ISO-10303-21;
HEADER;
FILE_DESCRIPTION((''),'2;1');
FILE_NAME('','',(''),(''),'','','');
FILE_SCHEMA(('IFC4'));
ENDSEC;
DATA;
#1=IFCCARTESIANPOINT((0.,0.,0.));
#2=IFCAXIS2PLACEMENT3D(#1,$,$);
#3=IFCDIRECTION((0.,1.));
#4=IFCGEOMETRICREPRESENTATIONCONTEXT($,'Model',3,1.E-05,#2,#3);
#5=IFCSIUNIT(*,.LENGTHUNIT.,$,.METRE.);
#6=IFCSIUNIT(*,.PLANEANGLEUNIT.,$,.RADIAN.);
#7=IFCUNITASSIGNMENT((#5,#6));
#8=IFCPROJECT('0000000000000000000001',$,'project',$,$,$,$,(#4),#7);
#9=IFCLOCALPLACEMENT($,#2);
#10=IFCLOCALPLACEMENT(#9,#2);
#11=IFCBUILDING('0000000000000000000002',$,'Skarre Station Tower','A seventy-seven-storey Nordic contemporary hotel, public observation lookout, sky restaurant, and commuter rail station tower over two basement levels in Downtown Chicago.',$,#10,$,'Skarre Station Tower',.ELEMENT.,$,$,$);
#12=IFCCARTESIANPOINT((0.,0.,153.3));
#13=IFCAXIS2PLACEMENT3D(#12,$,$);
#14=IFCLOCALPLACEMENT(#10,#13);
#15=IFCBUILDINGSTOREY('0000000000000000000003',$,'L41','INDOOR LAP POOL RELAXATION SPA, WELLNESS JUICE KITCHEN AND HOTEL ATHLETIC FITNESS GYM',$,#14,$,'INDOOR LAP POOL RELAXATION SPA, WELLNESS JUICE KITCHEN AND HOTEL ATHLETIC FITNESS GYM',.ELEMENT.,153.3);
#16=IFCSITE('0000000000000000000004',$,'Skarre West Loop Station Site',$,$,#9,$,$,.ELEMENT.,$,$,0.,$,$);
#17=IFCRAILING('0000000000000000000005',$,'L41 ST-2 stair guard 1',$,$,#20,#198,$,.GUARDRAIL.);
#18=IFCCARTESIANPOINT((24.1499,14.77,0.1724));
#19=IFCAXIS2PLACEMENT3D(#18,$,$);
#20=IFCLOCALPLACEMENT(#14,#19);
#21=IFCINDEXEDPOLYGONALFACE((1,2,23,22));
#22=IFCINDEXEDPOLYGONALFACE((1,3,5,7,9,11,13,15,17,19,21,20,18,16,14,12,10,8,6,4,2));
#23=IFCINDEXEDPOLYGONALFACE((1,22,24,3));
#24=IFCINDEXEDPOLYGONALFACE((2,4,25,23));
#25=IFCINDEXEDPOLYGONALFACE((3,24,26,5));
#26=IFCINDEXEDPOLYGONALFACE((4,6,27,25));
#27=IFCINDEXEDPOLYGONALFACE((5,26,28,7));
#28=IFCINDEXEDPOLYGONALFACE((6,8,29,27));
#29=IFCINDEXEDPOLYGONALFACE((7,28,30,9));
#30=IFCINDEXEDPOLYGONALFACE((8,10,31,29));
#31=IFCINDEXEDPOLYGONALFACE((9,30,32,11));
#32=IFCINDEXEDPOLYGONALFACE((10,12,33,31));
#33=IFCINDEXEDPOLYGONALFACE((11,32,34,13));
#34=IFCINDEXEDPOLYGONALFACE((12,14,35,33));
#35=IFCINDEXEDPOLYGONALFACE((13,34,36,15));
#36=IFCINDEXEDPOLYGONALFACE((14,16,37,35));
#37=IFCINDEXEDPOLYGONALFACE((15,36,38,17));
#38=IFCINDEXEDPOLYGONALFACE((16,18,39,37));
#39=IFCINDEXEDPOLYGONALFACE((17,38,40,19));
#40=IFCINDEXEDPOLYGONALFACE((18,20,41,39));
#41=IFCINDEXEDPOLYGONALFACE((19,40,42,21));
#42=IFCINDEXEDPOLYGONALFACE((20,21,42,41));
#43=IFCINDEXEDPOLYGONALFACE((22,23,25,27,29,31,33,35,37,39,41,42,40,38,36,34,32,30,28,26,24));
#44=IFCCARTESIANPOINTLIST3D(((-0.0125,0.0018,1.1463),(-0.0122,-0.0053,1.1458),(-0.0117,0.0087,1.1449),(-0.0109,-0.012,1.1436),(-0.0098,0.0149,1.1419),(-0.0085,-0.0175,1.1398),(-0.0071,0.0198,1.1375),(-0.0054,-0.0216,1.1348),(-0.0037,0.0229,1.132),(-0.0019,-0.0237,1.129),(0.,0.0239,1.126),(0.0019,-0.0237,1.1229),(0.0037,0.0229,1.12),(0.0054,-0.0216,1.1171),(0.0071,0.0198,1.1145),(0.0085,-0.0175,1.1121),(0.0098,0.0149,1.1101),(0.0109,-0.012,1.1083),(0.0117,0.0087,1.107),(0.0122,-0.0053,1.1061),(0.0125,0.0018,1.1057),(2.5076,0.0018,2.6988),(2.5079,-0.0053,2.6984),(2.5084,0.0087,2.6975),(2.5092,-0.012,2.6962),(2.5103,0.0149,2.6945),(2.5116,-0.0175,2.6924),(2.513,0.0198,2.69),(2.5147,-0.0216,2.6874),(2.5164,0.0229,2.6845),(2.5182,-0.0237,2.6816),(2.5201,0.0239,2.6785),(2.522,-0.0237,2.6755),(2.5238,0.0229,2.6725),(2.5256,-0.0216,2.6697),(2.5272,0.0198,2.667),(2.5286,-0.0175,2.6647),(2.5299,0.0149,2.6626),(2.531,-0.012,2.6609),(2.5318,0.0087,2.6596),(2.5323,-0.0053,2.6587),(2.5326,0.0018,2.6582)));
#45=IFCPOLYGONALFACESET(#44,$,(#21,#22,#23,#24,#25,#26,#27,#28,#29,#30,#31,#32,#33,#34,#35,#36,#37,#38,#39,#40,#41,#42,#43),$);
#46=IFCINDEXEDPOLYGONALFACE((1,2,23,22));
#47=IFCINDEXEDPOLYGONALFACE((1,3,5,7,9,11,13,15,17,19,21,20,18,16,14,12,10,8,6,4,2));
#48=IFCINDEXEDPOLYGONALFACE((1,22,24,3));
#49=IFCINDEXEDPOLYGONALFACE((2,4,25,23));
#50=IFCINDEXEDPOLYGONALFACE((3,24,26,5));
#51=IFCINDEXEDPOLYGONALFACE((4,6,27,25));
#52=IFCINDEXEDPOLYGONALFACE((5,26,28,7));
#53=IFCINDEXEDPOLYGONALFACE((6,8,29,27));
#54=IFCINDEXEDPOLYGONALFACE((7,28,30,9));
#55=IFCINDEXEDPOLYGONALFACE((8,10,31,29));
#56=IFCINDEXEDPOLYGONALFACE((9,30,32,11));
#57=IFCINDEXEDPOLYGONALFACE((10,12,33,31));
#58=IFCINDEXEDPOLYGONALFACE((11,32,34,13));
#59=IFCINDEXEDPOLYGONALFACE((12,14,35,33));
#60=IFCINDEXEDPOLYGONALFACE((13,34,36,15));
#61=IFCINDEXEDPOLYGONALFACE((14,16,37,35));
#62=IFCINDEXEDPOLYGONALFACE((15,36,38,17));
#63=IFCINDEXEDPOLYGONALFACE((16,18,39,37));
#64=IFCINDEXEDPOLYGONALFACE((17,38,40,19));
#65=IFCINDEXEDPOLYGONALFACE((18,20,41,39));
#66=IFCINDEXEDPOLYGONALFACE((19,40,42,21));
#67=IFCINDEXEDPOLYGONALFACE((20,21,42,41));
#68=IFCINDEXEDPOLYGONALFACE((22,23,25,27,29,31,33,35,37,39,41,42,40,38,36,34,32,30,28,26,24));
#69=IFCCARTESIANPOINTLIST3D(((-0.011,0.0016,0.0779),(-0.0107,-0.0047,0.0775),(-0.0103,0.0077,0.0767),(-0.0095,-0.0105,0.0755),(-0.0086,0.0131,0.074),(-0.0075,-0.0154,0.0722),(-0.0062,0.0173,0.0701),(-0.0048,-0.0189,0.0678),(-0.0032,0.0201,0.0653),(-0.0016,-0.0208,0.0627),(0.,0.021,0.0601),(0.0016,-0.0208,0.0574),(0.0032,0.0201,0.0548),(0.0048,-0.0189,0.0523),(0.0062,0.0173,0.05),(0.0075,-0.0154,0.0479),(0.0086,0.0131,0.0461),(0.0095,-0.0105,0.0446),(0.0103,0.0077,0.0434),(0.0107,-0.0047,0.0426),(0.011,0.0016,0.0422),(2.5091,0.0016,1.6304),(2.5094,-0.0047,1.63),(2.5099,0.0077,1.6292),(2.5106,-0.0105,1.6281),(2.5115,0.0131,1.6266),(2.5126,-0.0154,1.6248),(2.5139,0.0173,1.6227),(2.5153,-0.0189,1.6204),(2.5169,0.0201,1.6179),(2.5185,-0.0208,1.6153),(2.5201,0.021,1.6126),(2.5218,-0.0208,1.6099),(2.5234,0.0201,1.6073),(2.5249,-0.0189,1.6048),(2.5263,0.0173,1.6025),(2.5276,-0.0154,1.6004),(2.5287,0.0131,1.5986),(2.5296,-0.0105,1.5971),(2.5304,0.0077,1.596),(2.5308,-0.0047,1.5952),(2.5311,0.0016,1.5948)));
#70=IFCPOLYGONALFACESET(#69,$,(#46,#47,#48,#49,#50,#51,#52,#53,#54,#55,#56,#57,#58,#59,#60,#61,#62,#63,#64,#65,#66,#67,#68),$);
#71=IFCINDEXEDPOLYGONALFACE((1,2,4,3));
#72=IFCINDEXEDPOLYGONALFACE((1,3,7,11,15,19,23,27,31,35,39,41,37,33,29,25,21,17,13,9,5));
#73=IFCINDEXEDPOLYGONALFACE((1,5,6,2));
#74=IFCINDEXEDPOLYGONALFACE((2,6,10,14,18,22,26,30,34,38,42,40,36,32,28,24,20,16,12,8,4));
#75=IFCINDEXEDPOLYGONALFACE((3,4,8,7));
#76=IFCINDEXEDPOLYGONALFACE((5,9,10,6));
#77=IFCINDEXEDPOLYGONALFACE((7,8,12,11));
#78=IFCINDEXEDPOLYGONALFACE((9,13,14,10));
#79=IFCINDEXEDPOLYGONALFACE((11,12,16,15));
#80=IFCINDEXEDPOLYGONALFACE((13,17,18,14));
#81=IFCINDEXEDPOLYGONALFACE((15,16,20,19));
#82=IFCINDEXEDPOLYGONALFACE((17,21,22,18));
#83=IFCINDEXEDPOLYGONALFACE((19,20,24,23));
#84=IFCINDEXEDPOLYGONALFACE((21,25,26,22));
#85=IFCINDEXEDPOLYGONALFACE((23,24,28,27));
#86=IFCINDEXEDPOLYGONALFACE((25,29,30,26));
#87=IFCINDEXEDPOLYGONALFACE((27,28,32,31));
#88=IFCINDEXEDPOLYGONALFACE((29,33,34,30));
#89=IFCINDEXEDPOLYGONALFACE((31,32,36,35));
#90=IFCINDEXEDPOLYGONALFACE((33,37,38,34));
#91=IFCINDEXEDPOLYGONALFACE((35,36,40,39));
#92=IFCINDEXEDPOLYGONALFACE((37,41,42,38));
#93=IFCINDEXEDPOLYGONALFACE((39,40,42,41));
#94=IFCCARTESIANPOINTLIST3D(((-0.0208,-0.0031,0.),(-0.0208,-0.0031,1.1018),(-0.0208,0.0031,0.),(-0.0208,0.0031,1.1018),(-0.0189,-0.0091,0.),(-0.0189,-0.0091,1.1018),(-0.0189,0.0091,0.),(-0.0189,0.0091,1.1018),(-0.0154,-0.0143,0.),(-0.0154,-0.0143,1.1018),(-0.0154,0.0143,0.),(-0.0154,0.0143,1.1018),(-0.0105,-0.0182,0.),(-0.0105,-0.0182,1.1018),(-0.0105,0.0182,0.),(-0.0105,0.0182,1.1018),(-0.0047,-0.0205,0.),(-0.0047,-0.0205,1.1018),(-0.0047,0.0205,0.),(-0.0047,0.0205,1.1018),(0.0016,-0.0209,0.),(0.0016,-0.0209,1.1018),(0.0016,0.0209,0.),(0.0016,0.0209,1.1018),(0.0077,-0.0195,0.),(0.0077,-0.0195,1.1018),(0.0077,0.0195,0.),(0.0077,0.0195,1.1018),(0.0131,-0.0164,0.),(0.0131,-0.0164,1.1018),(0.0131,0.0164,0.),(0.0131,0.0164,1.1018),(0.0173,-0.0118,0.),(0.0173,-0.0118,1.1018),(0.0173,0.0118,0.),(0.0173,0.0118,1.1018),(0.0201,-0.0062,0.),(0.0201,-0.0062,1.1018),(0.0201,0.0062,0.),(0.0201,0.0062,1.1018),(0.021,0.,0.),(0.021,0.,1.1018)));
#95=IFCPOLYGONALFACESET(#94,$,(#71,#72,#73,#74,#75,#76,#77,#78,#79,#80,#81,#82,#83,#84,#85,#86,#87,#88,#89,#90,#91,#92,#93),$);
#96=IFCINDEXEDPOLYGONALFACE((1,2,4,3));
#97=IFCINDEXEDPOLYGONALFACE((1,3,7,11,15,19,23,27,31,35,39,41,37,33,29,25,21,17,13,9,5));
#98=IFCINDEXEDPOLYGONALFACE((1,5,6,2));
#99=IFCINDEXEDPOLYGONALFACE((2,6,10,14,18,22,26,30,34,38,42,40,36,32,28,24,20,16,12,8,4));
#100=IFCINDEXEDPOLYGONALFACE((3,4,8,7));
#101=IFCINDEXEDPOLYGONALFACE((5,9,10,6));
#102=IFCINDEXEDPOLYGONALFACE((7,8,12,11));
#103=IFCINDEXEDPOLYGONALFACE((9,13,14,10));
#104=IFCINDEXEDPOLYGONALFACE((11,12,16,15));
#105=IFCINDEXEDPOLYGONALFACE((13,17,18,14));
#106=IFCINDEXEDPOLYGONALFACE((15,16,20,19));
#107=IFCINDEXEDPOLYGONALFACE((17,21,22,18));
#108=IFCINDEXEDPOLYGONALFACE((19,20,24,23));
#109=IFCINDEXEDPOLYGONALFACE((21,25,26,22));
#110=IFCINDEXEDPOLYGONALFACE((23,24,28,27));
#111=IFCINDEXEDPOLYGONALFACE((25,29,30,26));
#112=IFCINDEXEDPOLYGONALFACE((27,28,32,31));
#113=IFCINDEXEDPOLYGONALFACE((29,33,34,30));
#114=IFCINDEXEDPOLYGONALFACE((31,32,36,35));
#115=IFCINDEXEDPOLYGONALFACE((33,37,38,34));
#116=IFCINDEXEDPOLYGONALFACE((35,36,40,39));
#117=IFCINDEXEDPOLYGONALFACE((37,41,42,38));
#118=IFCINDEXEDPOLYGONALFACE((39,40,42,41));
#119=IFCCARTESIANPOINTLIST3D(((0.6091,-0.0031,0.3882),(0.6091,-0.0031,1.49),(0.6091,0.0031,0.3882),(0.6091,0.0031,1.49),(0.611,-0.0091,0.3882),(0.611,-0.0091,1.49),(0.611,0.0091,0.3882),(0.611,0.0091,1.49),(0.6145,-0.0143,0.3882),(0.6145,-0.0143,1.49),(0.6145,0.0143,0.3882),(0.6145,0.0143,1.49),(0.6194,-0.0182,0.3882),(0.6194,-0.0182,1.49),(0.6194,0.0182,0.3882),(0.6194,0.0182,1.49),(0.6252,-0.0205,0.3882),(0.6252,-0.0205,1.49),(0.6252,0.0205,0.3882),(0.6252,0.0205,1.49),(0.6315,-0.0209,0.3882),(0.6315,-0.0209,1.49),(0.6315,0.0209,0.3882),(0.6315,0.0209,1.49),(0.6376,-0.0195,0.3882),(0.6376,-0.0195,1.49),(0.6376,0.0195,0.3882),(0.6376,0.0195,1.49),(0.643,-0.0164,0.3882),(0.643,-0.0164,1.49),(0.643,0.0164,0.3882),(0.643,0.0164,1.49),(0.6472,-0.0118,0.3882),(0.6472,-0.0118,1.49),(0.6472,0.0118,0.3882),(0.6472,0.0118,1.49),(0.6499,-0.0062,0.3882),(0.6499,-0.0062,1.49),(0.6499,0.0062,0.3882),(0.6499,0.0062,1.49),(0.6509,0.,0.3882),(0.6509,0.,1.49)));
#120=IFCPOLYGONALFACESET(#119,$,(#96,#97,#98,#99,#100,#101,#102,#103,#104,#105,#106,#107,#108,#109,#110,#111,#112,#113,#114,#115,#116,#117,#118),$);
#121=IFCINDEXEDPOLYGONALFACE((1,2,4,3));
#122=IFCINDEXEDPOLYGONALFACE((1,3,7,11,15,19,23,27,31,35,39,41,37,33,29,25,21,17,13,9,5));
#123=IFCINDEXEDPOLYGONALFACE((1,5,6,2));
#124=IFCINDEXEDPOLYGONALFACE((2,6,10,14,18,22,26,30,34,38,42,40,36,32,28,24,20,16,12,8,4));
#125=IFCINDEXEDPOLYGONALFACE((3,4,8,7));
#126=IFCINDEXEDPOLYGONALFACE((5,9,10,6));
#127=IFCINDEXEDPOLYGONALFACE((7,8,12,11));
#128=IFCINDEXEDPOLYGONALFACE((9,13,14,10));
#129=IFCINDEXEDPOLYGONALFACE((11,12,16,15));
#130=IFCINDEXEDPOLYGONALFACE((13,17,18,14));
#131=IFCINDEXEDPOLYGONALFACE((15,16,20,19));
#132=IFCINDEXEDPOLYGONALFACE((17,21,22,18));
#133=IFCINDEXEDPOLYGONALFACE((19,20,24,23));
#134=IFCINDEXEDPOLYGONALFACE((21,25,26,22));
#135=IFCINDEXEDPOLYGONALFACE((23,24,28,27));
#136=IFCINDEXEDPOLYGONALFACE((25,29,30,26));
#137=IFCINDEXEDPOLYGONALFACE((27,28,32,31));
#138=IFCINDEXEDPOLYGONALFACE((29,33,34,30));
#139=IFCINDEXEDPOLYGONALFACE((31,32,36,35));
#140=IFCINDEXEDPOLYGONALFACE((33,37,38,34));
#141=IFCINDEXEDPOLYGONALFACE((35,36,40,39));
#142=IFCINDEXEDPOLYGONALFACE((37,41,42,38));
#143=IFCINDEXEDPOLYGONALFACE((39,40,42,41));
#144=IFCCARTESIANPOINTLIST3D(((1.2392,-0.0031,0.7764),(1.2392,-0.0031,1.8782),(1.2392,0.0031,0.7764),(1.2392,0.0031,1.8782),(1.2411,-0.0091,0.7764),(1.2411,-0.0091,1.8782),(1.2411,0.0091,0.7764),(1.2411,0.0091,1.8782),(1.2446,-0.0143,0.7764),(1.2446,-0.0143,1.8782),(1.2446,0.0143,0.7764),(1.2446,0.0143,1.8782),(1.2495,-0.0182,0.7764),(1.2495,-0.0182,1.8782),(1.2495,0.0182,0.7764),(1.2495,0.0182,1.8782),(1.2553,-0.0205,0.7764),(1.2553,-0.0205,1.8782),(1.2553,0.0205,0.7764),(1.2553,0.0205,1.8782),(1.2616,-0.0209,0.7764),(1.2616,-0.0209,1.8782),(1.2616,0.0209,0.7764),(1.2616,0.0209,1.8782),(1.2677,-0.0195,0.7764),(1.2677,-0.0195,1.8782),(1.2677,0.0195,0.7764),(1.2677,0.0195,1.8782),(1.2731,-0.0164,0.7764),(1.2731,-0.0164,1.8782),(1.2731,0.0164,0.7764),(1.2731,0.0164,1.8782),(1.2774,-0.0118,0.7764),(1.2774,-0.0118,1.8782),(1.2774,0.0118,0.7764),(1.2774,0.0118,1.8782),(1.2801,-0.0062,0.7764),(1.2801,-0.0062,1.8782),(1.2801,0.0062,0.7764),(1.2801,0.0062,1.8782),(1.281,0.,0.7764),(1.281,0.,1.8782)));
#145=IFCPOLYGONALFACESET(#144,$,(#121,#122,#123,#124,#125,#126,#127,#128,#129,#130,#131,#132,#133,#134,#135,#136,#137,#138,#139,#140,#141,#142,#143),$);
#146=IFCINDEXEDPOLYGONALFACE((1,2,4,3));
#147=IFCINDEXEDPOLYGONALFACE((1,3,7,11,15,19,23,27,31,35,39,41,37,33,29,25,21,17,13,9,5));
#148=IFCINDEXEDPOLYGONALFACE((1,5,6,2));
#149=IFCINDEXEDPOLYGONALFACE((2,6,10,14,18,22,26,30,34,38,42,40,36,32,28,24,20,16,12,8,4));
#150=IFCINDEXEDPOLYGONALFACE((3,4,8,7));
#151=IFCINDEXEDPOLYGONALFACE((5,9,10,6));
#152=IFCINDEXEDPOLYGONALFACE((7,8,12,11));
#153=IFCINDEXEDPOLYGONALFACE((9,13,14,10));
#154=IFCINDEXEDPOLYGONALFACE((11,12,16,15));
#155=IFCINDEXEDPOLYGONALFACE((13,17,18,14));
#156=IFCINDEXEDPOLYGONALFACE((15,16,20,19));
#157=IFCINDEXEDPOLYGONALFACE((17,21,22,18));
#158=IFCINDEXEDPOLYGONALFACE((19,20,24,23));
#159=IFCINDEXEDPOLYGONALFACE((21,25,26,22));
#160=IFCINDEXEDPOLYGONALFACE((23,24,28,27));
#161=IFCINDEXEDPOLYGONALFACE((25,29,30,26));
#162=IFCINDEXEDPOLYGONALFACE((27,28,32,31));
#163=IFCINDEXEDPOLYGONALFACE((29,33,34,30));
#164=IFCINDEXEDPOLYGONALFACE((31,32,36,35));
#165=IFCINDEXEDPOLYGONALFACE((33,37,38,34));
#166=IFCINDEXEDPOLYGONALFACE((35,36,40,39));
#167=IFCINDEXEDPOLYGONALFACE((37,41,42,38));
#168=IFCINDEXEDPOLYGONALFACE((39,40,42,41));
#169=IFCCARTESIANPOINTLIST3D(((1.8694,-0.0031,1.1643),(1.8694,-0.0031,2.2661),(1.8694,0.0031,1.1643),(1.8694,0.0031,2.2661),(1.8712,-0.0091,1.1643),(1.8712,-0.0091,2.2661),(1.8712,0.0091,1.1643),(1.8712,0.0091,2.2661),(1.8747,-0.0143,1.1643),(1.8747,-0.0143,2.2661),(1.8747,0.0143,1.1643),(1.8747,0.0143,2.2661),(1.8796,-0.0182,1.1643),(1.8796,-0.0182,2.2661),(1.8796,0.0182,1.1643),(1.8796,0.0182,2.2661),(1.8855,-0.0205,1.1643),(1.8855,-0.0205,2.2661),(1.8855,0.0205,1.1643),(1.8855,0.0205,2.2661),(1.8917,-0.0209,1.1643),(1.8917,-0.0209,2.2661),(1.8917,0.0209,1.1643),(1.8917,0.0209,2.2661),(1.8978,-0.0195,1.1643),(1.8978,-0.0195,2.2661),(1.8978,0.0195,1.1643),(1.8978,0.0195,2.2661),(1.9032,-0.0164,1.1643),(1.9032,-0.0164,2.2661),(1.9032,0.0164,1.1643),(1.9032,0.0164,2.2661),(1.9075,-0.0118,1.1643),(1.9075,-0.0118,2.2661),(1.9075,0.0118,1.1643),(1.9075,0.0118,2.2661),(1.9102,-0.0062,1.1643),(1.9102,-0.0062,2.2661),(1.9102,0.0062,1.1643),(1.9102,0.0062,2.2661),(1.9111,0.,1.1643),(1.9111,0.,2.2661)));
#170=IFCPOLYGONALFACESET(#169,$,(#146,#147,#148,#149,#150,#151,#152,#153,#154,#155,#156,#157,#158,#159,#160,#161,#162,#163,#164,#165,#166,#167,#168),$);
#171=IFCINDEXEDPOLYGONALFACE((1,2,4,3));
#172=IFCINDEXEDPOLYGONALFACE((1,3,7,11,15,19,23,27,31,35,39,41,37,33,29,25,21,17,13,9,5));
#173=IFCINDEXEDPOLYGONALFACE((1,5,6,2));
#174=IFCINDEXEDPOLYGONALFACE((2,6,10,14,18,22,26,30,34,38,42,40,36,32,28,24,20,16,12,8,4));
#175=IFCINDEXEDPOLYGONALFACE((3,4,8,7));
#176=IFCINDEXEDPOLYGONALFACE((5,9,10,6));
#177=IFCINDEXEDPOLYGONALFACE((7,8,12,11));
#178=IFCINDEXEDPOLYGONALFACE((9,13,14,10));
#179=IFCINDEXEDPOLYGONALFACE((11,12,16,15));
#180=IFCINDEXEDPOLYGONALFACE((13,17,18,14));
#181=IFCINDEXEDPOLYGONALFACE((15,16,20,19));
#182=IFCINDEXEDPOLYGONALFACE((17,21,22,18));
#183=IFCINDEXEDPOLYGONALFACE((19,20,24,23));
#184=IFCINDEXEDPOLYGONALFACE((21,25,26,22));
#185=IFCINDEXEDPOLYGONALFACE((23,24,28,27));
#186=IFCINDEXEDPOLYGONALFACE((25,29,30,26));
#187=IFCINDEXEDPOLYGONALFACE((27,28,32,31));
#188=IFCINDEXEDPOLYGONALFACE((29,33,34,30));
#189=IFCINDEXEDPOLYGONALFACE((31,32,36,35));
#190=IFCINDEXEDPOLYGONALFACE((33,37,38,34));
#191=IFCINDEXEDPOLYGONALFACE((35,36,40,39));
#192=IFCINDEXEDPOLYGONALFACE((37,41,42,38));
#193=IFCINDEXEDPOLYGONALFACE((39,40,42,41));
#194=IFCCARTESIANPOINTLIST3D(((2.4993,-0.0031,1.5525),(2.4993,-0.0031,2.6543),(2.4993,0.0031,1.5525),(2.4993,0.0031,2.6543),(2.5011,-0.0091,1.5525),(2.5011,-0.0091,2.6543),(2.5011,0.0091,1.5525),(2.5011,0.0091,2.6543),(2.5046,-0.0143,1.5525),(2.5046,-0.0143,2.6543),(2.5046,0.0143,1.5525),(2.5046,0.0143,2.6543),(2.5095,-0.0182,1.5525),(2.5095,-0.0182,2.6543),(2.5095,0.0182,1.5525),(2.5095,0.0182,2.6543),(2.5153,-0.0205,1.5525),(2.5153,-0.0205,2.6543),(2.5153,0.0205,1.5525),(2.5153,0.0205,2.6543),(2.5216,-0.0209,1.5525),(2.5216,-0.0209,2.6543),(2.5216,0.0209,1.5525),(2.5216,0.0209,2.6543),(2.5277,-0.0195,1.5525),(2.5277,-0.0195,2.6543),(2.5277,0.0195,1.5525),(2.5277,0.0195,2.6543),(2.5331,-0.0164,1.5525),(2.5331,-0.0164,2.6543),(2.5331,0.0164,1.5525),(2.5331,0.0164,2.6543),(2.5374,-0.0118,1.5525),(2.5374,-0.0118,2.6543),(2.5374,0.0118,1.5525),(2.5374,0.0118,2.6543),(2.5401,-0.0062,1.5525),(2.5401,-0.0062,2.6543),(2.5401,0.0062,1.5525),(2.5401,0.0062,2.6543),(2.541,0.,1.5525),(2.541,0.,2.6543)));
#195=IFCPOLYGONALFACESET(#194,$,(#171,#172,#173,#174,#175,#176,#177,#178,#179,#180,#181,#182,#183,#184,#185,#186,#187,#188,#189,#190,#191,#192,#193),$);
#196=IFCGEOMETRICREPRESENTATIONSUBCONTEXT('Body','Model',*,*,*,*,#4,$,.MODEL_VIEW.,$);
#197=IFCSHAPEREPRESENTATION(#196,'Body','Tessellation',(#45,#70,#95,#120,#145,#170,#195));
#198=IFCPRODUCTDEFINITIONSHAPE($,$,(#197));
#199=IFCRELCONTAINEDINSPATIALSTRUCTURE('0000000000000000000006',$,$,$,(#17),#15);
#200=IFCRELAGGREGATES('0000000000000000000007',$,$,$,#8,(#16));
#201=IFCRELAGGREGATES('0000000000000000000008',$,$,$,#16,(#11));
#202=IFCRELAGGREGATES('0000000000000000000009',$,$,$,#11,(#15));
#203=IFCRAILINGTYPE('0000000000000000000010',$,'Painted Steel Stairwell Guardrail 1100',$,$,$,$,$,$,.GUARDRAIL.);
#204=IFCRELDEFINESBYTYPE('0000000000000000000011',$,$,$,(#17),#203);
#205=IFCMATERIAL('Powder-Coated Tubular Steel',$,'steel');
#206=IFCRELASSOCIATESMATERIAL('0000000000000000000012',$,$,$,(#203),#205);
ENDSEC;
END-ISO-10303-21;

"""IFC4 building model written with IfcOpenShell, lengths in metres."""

from ifc_helpers import new_model, si_unit, direction, frame, origin, origin_2d, place, context, subcontext, project, spatial, circle, extrude, material, type_object, element, save


model = new_model("IFC4")

# Units and contexts
model_context = context("Model", 3, precision=1e-05, world=origin(), true_north=direction((0.0, 1.0)))
body_context = subcontext(model_context, "Body", "Model", "MODEL_VIEW")
ifc_project = project(units=[si_unit("LENGTHUNIT", "METRE"), si_unit("PLANEANGLEUNIT", "RADIAN")], contexts=[model_context])

# Site, building, storey
site_placement = place(None, origin())
site = spatial("IfcSite", under=ifc_project, at=site_placement, Name="Skarre West Loop Station Site", CompositionType="ELEMENT", RefElevation=0.0)
building_placement = place(site_placement, origin())
building = spatial("IfcBuilding", under=site, at=building_placement, Name="Skarre Station Tower", Description="A seventy-seven-storey Nordic contemporary hotel, public observation lookout, sky restaurant, and commuter rail station tower over two basement levels in Downtown Chicago.", LongName="Skarre Station Tower", CompositionType="ELEMENT")
storey_placement = place(building_placement, frame((0.0, 0.0, 153.3)))
storey = spatial("IfcBuildingStorey", under=building, at=storey_placement, Name="L41", Description="INDOOR LAP POOL RELAXATION SPA, WELLNESS JUICE KITCHEN AND HOTEL ATHLETIC FITNESS GYM", LongName="INDOOR LAP POOL RELAXATION SPA, WELLNESS JUICE KITCHEN AND HOTEL ATHLETIC FITNESS GYM", CompositionType="ELEMENT", Elevation=153.3)

# Railing
ifc_material_1 = material(Name="Powder-Coated Tubular Steel", Category="steel")
railing_type_1 = type_object("IfcRailingType", Name="Painted Steel Stairwell Guardrail 1100", PredefinedType="GUARDRAIL", material=ifc_material_1)
railing_1_placement = place(storey_placement, frame((24.1499, 14.77, 0.1724)))
element("IfcRailing", 1, at=railing_1_placement, inside=storey, type_object=railing_type_1, Name="L41 ST-2 stair guard 1", PredefinedType="GUARDRAIL", context=body_context, shape_type="SweptSolid", body=[
    extrude(circle(Radius=0.0239, at=origin_2d()), frame((0.0, 0.0, 1.126), z_axis=(0.8514, 0.0, 0.524516), x_axis=(0.0, 1.0, 0.0)), (0.0, 0.0, 1.0), 2.96),
    extrude(circle(Radius=0.021, at=origin_2d()), frame((0.0, 0.0, 0.0601), z_axis=(0.8514, 0.0, 0.524516), x_axis=(0.0, 1.0, 0.0)), (0.0, 0.0, 1.0), 2.96),
    extrude(circle(Radius=0.021, at=origin_2d()), origin(), (0.0, 0.0, 1.0), 1.1018),
    extrude(circle(Radius=0.021, at=origin_2d()), frame((0.6299, 0.0, 0.3882)), (0.0, 0.0, 1.0), 1.1018),
    extrude(circle(Radius=0.021, at=origin_2d()), frame((1.26, 0.0, 0.7764)), (0.0, 0.0, 1.0), 1.1018),
    extrude(circle(Radius=0.021, at=origin_2d()), frame((1.8901, 0.0, 1.1643)), (0.0, 0.0, 1.0), 1.1018),
    extrude(circle(Radius=0.021, at=origin_2d()), frame((2.52, 0.0, 1.5525)), (0.0, 0.0, 1.0), 1.1018),
])

save(model, "model.ifc")
